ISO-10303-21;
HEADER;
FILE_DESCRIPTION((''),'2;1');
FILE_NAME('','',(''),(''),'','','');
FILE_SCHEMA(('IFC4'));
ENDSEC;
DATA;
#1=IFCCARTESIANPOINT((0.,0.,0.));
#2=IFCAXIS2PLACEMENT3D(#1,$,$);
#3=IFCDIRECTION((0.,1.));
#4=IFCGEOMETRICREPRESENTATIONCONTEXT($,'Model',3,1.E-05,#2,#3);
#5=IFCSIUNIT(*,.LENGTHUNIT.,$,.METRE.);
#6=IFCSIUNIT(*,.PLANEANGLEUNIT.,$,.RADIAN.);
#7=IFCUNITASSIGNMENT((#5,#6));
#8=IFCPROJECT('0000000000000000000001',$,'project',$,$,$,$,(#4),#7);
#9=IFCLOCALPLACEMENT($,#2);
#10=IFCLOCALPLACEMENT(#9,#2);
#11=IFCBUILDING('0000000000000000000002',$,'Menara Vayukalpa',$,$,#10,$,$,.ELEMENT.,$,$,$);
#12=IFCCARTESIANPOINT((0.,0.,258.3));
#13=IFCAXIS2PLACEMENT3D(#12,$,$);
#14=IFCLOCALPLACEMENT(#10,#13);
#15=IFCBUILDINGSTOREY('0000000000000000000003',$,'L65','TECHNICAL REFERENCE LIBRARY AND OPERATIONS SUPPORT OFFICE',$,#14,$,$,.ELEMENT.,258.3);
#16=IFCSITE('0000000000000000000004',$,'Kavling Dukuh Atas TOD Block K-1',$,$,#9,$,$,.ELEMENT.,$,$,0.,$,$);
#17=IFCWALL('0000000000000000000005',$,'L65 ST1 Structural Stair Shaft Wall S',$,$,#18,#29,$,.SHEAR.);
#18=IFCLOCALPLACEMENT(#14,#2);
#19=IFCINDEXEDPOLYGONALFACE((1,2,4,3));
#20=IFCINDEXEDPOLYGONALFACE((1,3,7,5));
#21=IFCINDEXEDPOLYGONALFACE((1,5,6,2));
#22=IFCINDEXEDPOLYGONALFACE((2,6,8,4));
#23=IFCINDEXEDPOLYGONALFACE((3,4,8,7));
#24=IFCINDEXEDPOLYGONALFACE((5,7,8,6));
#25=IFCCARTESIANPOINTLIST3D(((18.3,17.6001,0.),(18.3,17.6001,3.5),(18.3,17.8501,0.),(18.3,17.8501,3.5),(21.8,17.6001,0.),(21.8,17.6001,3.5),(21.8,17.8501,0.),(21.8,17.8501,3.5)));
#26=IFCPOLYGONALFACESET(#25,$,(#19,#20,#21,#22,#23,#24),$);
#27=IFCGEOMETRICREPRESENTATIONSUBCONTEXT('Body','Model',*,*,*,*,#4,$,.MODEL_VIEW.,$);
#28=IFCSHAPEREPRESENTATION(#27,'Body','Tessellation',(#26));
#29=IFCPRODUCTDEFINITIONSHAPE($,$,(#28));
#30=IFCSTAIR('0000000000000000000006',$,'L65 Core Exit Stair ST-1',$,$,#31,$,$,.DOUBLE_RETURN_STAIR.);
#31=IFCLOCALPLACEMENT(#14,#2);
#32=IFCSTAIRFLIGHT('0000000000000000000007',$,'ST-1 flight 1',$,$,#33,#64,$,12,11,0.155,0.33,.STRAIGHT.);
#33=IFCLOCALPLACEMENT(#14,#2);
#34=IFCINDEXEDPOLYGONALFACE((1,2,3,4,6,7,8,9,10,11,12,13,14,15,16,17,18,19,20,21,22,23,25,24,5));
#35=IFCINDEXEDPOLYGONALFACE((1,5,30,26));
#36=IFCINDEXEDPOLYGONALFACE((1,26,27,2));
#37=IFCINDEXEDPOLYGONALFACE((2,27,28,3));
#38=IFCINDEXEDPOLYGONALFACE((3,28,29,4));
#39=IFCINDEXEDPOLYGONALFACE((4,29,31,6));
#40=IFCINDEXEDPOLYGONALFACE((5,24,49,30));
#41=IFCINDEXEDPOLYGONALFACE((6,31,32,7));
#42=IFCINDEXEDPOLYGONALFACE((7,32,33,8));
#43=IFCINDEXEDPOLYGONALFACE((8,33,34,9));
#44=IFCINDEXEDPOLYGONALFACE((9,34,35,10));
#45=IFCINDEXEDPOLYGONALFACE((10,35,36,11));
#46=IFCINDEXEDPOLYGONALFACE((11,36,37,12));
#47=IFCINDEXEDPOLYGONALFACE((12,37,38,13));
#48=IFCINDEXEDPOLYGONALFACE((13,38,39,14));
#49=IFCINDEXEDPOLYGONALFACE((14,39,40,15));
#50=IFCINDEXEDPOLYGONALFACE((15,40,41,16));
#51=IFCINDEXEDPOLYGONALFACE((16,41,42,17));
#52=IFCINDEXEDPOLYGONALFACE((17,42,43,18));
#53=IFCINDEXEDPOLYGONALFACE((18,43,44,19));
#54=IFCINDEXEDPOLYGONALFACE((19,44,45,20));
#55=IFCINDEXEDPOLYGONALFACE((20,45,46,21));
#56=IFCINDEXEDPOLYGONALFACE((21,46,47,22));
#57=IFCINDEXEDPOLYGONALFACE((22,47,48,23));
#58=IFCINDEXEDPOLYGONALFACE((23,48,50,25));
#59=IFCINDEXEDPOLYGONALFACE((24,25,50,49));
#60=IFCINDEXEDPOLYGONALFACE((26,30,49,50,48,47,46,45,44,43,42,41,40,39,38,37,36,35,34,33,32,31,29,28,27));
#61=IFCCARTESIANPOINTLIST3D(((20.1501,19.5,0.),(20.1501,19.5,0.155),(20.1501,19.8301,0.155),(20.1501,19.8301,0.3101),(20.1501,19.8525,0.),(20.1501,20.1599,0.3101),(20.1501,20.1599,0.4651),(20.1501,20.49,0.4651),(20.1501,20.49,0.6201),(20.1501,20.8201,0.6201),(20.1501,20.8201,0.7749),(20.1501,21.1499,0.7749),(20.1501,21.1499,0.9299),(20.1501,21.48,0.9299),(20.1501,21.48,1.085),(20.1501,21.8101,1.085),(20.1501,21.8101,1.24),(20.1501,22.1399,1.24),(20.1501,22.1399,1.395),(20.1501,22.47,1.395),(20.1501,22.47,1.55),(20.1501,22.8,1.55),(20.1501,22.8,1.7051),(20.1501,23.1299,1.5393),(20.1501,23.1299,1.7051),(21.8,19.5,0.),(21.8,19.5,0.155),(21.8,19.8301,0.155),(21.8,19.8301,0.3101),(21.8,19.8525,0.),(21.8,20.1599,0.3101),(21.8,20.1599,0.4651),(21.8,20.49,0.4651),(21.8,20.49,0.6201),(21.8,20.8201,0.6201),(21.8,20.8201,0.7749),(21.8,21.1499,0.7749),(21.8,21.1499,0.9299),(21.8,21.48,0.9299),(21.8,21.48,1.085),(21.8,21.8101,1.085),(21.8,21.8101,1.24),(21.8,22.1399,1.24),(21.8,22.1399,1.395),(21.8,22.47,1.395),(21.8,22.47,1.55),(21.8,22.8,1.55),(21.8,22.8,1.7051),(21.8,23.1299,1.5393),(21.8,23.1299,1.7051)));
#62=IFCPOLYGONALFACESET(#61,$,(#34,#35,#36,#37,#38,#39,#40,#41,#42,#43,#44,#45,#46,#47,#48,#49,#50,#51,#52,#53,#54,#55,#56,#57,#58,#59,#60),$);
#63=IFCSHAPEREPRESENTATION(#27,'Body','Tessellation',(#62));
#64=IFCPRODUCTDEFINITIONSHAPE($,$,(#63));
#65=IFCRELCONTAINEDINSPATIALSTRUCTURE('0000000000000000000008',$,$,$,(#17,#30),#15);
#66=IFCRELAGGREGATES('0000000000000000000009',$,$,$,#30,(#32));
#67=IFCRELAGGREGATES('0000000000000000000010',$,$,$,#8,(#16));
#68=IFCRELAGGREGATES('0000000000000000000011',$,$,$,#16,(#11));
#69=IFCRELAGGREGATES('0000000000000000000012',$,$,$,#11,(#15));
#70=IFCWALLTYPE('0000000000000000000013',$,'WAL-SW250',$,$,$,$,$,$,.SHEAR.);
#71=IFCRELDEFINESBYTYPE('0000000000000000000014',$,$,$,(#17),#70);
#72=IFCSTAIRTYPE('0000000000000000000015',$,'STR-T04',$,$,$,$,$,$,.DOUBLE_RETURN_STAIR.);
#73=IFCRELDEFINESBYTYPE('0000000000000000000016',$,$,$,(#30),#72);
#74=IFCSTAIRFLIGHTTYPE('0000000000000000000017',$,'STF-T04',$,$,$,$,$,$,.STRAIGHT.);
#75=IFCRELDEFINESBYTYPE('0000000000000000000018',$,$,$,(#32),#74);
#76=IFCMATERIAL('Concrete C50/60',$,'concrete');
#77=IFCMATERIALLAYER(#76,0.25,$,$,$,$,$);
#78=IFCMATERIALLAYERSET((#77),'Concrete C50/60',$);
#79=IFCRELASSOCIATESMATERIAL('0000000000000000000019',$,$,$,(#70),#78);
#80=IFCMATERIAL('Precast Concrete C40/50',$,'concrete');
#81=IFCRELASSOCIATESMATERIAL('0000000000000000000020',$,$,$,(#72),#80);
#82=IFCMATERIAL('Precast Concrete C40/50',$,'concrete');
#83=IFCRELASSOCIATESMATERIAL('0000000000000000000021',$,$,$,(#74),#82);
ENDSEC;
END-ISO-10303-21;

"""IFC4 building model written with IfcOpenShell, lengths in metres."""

from ifc_helpers import new_model, si_unit, direction, frame, frame_2d, origin, place, context, subcontext, project, spatial, polyline, rectangle, outline, extrude, material, layer, layer_set, type_object, element, aggregate, save


model = new_model("IFC4")

# Units and contexts
model_context = context("Model", 3, precision=1e-05, world=origin(), true_north=direction((0.0, 1.0)))
body_context = subcontext(model_context, "Body", "Model", "MODEL_VIEW")
ifc_project = project(units=[si_unit("LENGTHUNIT", "METRE"), si_unit("PLANEANGLEUNIT", "RADIAN")], contexts=[model_context])

# Site, building, storey
site_placement = place(None, origin())
site = spatial("IfcSite", under=ifc_project, at=site_placement, Name="Kavling Dukuh Atas TOD Block K-1", CompositionType="ELEMENT", RefElevation=0.0)
building_placement = place(site_placement, origin())
building = spatial("IfcBuilding", under=site, at=building_placement, Name="Menara Vayukalpa", CompositionType="ELEMENT")
storey_placement = place(building_placement, frame((0.0, 0.0, 258.3)))
storey = spatial("IfcBuildingStorey", under=building, at=storey_placement, Name="L65", Description="TECHNICAL REFERENCE LIBRARY AND OPERATIONS SUPPORT OFFICE", CompositionType="ELEMENT", Elevation=258.3)

# Shared definitions
ifc_material_1 = material(Name="Concrete C50/60", Category="concrete")
ifc_layer_1 = layer(ifc_material_1, 0.25)
ifc_layer_set_1 = layer_set([ifc_layer_1], Name="Concrete C50/60")
wall_type_1 = type_object("IfcWallType", Name="WAL-SW250", PredefinedType="SHEAR", material=ifc_layer_set_1)

# Wall
wall_1_placement = place(storey_placement, frame((18.3, 17.7251, 0.0), z_axis=(0.0, 0.0, 1.0), x_axis=(1.0, 0.0, 0.0)))
element("IfcWall", 1, at=wall_1_placement, inside=storey, type_object=wall_type_1, Name="L65 ST1 Structural Stair Shaft Wall S", PredefinedType="SHEAR", context=body_context, shape_type="SweptSolid", body=[
    extrude(rectangle(XDim=3.5, YDim=0.25, at=frame_2d((1.75, 0.0))), origin(), (0.0, 0.0, 1.0), 3.5),
])

# Stair, stair flight
ifc_material_2 = material(Name="Precast Concrete C40/50", Category="concrete")
stair_type = type_object("IfcStairType", Name="STR-T04", PredefinedType="DOUBLE_RETURN_STAIR", material=ifc_material_2)
stair_placement = place(storey_placement, origin())
stair = element("IfcStair", 2, at=stair_placement, inside=storey, type_object=stair_type, Name="L65 Core Exit Stair ST-1", PredefinedType="DOUBLE_RETURN_STAIR")
ifc_material_3 = material(Name="Precast Concrete C40/50", Category="concrete")
stair_flight_type = type_object("IfcStairFlightType", Name="STF-T04", PredefinedType="STRAIGHT", material=ifc_material_3)
stair_flight_placement = place(storey_placement, frame((20.9751, 19.5, 0.0), z_axis=(0.0, 0.0, 1.0), x_axis=(0.0, 1.0, 0.0)))
stair_flight = element("IfcStairFlight", 3, at=stair_flight_placement, type_object=stair_flight_type, Name="ST-1 flight 1", NumberOfRisers=12, NumberOfTreads=11, PredefinedType="STRAIGHT", RiserHeight=0.155, TreadLength=0.33, context=body_context, shape_type="SweptSolid", body=[
    extrude(outline(polyline([(0.0, 0.0), (0.0, 0.155), (0.3301, 0.155), (0.3301, 0.3101), (0.6599, 0.3101), (0.6599, 0.4651), (0.99, 0.4651), (0.99, 0.6201), (1.3201, 0.6201), (1.3201, 0.7749), (1.6499, 0.7749), (1.6499, 0.9299), (1.98, 0.9299), (1.98, 1.085), (2.3101, 1.085), (2.3101, 1.24), (2.6399, 1.24), (2.6399, 1.395), (2.97, 1.395), (2.97, 1.55), (3.3, 1.55), (3.3, 1.7051), (3.6299, 1.7051), (3.6299, 1.8601), (3.6299, 1.5393), (0.3525, 0.0), (0.0, 0.0)])), frame((0.0, 0.825, 0.0), z_axis=(0.0, -1.0, 0.0), x_axis=(1.0, 0.0, 0.0)), (0.0, 0.0, 1.0), 1.6499),
])
aggregate(stair, [stair_flight])

save(model, "model.ifc")
